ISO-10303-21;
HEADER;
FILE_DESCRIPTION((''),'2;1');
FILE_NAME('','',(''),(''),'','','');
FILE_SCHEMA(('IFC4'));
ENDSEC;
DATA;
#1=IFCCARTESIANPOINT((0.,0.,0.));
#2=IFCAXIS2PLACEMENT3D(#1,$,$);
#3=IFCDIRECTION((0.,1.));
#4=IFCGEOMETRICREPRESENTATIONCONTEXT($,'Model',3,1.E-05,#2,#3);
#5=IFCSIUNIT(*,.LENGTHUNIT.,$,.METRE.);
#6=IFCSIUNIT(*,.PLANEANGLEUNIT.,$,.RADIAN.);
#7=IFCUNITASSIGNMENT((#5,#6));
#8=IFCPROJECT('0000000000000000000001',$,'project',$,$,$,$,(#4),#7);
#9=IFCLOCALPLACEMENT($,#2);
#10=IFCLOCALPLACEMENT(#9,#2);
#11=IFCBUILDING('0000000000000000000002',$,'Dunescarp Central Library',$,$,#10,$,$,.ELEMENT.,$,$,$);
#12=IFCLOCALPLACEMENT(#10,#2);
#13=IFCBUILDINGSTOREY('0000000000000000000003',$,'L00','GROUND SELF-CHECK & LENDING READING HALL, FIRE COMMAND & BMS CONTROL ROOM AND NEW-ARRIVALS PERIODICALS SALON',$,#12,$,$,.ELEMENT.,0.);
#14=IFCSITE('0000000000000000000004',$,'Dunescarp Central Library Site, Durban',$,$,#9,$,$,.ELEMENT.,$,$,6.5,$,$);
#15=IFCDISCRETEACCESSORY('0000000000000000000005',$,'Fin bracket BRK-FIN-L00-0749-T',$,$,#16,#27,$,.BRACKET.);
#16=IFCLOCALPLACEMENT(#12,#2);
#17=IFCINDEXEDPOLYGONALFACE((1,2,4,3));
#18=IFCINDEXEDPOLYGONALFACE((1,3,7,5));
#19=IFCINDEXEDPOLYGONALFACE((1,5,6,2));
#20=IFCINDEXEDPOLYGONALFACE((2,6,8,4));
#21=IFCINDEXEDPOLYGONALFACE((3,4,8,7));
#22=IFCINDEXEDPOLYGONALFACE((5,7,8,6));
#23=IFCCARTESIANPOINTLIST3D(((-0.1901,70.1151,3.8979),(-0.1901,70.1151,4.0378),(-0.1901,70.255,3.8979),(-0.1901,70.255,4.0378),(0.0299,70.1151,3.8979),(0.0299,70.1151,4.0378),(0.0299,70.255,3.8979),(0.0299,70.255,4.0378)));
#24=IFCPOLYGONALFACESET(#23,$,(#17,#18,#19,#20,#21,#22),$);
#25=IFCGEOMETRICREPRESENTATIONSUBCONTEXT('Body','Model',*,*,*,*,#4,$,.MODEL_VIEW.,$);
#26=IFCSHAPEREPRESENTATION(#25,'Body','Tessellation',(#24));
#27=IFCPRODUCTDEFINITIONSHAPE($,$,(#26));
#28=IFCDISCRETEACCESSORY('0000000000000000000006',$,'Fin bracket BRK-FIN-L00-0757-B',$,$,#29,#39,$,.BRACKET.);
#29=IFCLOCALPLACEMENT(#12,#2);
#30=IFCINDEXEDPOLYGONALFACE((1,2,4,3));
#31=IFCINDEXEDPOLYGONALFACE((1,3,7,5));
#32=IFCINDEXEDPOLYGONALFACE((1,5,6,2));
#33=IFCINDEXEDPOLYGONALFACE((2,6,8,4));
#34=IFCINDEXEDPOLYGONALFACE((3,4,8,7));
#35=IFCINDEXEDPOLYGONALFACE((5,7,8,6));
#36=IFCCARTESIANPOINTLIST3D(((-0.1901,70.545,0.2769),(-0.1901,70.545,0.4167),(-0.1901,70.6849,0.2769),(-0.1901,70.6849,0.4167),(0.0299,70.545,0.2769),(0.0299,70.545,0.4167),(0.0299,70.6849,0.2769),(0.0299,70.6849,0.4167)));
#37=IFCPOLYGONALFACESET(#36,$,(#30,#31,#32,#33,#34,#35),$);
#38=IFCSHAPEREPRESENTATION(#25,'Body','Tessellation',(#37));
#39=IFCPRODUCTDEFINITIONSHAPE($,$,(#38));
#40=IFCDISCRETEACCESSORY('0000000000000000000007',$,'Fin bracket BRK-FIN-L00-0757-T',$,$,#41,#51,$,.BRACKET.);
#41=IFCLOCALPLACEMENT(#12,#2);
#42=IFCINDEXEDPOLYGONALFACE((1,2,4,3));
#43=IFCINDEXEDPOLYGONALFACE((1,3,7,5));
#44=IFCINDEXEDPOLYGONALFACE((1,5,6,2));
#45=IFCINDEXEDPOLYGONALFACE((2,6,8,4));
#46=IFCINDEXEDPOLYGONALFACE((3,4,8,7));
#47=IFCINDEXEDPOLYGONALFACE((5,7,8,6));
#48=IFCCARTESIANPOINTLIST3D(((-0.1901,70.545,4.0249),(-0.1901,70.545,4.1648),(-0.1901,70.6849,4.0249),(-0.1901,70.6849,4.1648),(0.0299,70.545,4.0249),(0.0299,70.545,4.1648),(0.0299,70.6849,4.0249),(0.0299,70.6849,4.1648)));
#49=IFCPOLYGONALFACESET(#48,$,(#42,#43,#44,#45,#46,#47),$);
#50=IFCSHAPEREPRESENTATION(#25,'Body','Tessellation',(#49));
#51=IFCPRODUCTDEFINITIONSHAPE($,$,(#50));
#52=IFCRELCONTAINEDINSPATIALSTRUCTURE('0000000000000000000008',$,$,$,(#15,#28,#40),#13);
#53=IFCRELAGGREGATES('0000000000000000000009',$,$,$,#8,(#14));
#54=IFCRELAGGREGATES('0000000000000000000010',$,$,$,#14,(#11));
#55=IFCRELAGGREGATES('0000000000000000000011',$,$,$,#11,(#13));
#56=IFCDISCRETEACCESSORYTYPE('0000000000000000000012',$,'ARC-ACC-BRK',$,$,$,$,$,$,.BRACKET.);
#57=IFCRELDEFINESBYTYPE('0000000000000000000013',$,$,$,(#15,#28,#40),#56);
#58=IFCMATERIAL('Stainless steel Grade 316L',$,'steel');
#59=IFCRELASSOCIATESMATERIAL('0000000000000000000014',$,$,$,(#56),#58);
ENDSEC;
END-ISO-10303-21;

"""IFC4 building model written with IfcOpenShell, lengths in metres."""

from ifc_helpers import new_model, si_unit, direction, frame, origin, origin_2d, place, context, subcontext, project, spatial, rectangle, extrude, material, type_object, element, save


model = new_model("IFC4")

# Units and contexts
model_context = context("Model", 3, precision=1e-05, world=origin(), true_north=direction((0.0, 1.0)))
body_context = subcontext(model_context, "Body", "Model", "MODEL_VIEW")
ifc_project = project(units=[si_unit("LENGTHUNIT", "METRE"), si_unit("PLANEANGLEUNIT", "RADIAN")], contexts=[model_context])

# Site, building, storey
site_placement = place(None, origin())
site = spatial("IfcSite", under=ifc_project, at=site_placement, Name="Dunescarp Central Library Site, Durban", CompositionType="ELEMENT", RefElevation=6.5)
building_placement = place(site_placement, origin())
building = spatial("IfcBuilding", under=site, at=building_placement, Name="Dunescarp Central Library", CompositionType="ELEMENT")
storey_placement = place(building_placement, origin())
storey = spatial("IfcBuildingStorey", under=building, at=storey_placement, Name="L00", Description="GROUND SELF-CHECK & LENDING READING HALL, FIRE COMMAND & BMS CONTROL ROOM AND NEW-ARRIVALS PERIODICALS SALON", CompositionType="ELEMENT", Elevation=0.0)

# Discrete accessories
ifc_material_1 = material(Name="Stainless steel Grade 316L", Category="steel")
discrete_accessory_type = type_object("IfcDiscreteAccessoryType", Name="ARC-ACC-BRK", PredefinedType="BRACKET", material=ifc_material_1)
for number, where, z_axis, x_axis, name in (
    (1, (-0.0801, 70.1851, 3.8979), (0.0, 0.0, 1.0), (-1.0, 0.0, 0.0), "Fin bracket BRK-FIN-L00-0749-T"),
    (2, (-0.0801, 70.615, 0.2769), (0.0, 0.0, 1.0), (-1.0, 0.0, 0.0), "Fin bracket BRK-FIN-L00-0757-B"),
    (3, (-0.0801, 70.615, 4.0249), (0.0, 0.0, 1.0), (-1.0, 0.0, 0.0), "Fin bracket BRK-FIN-L00-0757-T"),
):
    element("IfcDiscreteAccessory", number, at=place(storey_placement, frame(where, z_axis=z_axis, x_axis=x_axis)), inside=storey, type_object=discrete_accessory_type, Name=name, PredefinedType="BRACKET", context=body_context, shape_type="SweptSolid", body=[
        extrude(rectangle(XDim=0.22, YDim=0.1399, at=origin_2d()), origin(), (0.0, 0.0, 1.0), 0.1399),
    ])

save(model, "model.ifc")
